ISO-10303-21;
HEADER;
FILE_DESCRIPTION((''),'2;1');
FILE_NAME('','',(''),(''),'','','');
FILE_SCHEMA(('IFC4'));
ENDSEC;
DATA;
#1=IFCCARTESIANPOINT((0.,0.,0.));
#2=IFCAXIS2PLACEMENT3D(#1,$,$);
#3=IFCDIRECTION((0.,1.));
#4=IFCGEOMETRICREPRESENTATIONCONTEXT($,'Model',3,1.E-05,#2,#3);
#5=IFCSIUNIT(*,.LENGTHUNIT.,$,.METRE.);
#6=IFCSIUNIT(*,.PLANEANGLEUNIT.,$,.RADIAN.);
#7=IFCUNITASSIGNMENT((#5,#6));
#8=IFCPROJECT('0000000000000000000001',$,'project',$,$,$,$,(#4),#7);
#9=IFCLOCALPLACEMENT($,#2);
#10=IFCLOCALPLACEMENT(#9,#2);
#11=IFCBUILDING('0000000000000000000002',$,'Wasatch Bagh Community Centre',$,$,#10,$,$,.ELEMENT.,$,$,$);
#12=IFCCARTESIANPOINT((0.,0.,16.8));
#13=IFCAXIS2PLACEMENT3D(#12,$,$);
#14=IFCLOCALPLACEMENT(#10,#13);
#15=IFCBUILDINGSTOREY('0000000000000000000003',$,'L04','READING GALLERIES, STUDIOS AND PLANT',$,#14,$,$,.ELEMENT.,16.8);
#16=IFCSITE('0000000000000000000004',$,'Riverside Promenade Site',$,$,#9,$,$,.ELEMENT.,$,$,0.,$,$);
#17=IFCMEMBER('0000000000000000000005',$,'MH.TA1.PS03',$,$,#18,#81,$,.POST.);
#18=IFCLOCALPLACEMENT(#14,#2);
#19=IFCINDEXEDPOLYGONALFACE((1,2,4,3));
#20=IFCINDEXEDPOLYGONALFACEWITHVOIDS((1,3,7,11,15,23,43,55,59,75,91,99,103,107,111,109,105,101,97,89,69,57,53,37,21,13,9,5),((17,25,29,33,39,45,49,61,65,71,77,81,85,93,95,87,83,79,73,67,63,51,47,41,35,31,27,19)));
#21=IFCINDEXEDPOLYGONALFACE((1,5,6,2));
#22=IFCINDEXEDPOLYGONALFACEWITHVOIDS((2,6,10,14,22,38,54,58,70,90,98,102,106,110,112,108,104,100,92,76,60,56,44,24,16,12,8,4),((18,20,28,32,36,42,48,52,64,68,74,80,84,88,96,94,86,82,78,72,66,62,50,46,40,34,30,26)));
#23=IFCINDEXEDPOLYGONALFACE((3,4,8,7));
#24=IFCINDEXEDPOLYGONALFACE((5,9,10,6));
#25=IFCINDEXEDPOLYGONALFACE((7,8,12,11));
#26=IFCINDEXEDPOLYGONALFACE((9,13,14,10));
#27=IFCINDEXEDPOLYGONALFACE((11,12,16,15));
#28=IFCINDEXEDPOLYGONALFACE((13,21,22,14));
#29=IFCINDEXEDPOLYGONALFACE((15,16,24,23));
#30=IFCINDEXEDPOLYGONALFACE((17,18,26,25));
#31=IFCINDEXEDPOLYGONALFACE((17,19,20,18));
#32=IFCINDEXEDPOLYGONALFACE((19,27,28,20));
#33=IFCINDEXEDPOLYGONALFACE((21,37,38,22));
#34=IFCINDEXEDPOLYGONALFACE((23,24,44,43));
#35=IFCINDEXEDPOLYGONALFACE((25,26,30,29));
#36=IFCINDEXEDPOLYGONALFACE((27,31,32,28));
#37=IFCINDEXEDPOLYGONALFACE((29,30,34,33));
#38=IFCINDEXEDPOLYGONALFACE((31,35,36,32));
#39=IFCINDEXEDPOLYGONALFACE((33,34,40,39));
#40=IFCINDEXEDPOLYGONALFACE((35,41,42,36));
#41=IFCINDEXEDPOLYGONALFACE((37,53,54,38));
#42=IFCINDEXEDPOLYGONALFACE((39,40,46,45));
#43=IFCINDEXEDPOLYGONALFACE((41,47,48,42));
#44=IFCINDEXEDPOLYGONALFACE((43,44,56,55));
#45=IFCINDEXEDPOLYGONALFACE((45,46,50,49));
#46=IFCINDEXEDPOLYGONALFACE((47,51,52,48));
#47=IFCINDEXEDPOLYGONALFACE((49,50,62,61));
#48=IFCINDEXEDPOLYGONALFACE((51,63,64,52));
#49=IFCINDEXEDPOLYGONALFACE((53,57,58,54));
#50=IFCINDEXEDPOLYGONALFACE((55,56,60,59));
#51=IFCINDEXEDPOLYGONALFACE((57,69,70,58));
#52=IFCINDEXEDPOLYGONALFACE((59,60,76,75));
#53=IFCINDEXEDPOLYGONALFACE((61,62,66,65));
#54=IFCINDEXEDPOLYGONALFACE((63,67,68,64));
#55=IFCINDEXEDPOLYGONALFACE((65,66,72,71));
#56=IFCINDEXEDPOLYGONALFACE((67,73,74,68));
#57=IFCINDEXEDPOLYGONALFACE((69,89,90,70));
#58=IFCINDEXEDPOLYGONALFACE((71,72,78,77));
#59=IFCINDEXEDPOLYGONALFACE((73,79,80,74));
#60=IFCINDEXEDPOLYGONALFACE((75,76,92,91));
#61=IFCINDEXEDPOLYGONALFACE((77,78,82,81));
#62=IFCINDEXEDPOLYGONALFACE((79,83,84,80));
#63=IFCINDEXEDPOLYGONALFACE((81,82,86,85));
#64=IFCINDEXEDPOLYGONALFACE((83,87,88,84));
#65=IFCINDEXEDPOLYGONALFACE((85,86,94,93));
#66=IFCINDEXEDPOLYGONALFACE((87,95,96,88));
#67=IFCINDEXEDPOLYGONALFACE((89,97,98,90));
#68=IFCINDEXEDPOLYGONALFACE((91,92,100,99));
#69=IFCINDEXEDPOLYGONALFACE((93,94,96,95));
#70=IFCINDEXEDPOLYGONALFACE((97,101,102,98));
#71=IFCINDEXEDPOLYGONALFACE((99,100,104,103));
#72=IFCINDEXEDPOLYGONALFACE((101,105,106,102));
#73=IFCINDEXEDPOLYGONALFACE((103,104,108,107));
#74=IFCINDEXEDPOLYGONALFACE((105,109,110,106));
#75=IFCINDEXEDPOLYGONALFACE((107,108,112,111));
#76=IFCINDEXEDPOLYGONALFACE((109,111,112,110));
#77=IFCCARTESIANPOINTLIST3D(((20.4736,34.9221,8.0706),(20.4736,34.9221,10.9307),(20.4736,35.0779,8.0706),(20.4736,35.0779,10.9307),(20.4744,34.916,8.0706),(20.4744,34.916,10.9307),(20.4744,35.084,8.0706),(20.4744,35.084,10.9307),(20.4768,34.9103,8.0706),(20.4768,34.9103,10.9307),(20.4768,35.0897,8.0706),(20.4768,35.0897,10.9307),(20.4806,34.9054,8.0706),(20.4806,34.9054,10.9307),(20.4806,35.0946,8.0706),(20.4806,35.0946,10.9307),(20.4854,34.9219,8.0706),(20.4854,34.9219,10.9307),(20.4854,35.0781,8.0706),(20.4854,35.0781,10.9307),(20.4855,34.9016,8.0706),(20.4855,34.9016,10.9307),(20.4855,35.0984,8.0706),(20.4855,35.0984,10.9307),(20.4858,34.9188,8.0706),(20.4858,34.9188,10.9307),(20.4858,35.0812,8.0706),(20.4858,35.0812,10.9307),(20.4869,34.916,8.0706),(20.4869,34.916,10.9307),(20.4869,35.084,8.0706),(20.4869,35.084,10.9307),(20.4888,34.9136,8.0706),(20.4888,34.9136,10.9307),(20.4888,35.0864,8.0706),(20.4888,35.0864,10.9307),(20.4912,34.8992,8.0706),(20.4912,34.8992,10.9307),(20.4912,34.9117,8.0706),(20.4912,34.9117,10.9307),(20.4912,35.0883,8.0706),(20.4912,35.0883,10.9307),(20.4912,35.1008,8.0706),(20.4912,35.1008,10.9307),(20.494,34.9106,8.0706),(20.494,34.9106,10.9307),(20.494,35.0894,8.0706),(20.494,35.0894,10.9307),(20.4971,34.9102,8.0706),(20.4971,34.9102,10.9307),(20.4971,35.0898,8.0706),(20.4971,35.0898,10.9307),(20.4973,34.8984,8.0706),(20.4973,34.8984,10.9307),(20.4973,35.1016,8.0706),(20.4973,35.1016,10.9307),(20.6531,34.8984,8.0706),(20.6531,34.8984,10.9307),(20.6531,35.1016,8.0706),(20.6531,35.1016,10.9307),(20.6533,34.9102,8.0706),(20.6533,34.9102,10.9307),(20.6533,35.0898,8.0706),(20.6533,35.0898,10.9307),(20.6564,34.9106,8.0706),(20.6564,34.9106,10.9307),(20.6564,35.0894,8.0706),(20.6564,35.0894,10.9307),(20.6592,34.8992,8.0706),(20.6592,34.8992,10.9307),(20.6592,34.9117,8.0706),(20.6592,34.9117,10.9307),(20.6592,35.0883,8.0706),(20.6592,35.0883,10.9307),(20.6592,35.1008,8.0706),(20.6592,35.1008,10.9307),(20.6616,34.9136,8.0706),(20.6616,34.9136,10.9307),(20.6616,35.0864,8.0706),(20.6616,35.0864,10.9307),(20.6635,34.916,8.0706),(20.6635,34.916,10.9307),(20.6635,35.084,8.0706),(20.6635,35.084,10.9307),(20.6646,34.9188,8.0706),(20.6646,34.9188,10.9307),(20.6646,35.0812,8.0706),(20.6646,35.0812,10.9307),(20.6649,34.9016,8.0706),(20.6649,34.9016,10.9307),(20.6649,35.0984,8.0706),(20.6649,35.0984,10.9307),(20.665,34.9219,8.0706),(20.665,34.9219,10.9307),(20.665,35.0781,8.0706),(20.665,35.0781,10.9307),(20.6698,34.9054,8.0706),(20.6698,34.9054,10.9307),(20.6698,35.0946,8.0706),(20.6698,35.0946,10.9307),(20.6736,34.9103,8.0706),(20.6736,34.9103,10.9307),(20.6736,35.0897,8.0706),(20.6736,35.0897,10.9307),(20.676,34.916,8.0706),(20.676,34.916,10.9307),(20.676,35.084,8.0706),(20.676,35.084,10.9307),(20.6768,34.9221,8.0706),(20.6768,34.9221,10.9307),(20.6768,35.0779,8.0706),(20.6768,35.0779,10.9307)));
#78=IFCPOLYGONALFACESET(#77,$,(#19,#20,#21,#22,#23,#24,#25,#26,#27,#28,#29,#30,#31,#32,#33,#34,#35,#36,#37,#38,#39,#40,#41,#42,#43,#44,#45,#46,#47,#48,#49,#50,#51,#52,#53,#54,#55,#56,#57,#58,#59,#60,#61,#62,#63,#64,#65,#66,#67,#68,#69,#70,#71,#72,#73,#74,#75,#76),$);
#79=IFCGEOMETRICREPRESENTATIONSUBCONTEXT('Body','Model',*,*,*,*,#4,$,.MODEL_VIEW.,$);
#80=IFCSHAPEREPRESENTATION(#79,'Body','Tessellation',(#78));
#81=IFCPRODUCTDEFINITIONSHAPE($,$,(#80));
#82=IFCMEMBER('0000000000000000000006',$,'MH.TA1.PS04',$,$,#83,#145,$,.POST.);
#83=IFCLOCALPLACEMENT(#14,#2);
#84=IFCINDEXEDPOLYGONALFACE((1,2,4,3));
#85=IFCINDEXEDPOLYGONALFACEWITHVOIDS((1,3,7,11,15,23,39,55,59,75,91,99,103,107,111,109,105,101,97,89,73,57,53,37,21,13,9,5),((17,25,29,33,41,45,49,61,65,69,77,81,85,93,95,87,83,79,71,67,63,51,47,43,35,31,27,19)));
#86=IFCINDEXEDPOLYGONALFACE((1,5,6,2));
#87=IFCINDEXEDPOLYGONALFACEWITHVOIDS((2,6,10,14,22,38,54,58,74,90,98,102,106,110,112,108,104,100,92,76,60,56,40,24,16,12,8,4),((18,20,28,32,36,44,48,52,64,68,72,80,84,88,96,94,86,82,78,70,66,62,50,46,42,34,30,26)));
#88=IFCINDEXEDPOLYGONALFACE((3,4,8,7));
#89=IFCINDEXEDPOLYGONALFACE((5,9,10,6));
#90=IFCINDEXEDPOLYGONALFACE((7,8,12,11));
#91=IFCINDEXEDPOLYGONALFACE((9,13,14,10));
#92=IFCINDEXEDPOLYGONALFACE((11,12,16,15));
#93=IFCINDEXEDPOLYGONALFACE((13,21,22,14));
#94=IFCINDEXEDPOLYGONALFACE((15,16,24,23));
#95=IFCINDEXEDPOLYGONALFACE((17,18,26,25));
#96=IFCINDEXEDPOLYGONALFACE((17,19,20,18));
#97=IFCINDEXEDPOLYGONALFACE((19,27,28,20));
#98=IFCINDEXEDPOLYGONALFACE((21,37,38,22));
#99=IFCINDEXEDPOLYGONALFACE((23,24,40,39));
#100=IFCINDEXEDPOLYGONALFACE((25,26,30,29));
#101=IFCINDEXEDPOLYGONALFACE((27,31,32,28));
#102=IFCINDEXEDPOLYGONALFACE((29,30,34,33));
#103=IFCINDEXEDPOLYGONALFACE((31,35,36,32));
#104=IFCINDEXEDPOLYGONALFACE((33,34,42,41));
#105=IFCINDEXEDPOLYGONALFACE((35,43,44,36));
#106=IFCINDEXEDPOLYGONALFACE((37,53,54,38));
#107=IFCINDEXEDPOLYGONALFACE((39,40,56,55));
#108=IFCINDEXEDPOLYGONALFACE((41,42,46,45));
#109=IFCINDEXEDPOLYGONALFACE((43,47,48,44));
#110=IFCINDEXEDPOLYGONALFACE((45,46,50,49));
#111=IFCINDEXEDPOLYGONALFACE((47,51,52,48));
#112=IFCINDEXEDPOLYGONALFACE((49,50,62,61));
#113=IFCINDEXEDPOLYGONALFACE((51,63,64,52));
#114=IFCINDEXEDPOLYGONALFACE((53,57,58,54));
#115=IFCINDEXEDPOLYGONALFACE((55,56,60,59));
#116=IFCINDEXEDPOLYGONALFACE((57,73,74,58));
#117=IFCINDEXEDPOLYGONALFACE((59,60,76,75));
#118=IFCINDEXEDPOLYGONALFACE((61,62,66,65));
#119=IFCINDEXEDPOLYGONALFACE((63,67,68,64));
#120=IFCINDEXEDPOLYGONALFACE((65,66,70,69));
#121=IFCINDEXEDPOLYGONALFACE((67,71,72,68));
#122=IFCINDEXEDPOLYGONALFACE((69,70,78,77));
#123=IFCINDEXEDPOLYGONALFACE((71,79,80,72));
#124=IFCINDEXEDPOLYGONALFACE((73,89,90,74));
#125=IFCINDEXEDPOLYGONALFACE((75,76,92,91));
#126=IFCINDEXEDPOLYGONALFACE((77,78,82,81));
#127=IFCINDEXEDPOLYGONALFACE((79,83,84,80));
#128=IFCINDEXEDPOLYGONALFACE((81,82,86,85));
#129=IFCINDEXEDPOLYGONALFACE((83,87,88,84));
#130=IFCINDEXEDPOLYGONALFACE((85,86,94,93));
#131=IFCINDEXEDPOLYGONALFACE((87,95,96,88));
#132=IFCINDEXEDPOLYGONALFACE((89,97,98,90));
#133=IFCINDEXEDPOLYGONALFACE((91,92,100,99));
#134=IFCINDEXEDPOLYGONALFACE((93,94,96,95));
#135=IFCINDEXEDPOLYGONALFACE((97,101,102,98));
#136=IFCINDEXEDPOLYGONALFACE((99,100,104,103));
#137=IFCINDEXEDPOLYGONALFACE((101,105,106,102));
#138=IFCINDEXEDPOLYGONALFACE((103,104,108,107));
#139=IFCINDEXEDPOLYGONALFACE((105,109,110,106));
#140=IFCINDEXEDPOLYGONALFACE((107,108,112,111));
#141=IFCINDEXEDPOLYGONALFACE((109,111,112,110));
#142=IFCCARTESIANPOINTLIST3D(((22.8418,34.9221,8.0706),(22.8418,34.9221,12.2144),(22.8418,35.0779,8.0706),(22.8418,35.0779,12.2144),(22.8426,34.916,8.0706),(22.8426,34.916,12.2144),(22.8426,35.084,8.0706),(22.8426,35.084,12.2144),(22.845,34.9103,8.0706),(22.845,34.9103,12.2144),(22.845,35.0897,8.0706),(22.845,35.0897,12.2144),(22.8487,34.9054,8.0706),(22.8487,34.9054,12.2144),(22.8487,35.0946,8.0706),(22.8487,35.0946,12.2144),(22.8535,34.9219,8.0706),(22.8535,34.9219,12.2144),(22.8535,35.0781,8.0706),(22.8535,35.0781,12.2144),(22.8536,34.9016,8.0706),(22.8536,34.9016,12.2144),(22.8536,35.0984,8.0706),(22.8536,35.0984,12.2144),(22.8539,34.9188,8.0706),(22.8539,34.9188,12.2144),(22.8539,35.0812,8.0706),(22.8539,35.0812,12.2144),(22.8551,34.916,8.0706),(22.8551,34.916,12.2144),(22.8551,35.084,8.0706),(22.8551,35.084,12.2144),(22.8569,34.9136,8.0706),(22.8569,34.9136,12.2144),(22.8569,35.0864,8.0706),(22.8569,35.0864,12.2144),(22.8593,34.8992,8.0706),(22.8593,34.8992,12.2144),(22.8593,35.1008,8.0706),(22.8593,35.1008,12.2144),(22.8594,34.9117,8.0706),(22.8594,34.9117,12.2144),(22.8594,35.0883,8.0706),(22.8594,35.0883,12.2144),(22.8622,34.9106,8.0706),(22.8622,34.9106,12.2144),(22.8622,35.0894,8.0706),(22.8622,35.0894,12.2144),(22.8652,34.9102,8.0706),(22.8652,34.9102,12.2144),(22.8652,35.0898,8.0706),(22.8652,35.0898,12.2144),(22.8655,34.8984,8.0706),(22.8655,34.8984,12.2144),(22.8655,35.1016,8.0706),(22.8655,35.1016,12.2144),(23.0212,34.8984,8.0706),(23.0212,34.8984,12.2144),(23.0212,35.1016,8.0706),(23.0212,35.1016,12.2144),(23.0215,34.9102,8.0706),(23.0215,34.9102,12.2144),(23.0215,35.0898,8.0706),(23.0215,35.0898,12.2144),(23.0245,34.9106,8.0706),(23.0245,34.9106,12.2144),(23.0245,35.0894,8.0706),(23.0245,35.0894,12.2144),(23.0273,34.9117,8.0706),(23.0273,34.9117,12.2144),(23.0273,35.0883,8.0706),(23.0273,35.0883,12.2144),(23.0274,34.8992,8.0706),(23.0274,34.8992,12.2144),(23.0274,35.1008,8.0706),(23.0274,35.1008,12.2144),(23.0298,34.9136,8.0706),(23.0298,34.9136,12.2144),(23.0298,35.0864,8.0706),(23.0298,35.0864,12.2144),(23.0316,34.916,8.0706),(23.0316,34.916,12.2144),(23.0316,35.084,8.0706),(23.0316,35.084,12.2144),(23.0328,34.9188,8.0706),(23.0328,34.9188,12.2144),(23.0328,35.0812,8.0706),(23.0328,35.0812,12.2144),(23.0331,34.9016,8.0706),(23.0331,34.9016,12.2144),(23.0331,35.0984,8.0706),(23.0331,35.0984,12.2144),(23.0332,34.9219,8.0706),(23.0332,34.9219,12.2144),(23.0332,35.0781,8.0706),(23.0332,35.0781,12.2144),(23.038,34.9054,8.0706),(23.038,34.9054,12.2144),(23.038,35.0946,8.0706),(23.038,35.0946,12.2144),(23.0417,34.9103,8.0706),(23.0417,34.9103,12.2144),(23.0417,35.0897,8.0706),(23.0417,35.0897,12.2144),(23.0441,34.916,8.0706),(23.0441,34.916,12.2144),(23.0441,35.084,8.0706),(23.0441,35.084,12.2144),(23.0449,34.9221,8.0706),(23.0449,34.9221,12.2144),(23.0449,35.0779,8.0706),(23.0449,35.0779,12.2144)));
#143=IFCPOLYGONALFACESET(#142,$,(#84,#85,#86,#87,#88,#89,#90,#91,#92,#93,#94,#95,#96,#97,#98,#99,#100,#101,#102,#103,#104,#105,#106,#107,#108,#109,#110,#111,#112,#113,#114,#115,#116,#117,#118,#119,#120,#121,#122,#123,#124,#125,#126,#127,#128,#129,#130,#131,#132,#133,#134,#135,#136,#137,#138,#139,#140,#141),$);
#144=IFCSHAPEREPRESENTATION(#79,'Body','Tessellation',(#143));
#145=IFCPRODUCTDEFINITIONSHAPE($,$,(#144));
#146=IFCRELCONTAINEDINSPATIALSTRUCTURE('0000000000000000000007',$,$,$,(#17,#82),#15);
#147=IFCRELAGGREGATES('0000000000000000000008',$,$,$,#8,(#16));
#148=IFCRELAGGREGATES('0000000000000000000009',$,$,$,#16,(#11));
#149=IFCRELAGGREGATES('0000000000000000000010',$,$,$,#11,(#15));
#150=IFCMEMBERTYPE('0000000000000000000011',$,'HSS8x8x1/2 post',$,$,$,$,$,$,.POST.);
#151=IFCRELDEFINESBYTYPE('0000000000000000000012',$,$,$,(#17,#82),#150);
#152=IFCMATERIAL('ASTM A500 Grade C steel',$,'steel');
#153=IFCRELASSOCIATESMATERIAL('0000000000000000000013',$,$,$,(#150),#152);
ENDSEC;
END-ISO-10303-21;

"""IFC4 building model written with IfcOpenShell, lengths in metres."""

from ifc_helpers import new_model, si_unit, direction, frame, origin, origin_2d, place, context, subcontext, project, spatial, hollow_rectangle, extrude, material, material_profile, profile_set, type_object, element, save


model = new_model("IFC4")

# Units and contexts
model_context = context("Model", 3, precision=1e-05, world=origin(), true_north=direction((0.0, 1.0)))
body_context = subcontext(model_context, "Body", "Model", "MODEL_VIEW")
ifc_project = project(units=[si_unit("LENGTHUNIT", "METRE"), si_unit("PLANEANGLEUNIT", "RADIAN")], contexts=[model_context])

# Site, building, storey
site_placement = place(None, origin())
site = spatial("IfcSite", under=ifc_project, at=site_placement, Name="Riverside Promenade Site", CompositionType="ELEMENT", RefElevation=0.0)
building_placement = place(site_placement, origin())
building = spatial("IfcBuilding", under=site, at=building_placement, Name="Wasatch Bagh Community Centre", CompositionType="ELEMENT")
storey_placement = place(building_placement, frame((0.0, 0.0, 16.8)))
storey = spatial("IfcBuildingStorey", under=building, at=storey_placement, Name="L04", Description="READING GALLERIES, STUDIOS AND PLANT", CompositionType="ELEMENT", Elevation=16.8)

# Members
ifc_material_1 = material(Name="ASTM A500 Grade C steel", Category="steel")
ifc_material_profile_1 = material_profile(ifc_material_1, hollow_rectangle(XDim=0.2031, YDim=0.2031, WallThickness=0.0117, InnerFilletRadius=0.0117, OuterFilletRadius=0.0237, at=origin_2d()), Name="HSS8x8x1/2")
ifc_profile_set_1 = profile_set([ifc_material_profile_1], Name="ASTM A500 Grade C steel")
member_type_1 = type_object("IfcMemberType", Name="HSS8x8x1/2 post", PredefinedType="POST", material=ifc_profile_set_1)
member_1_placement = place(storey_placement, frame((20.5752, 35.0, 8.0706), z_axis=(0.0, 0.0, 1.0), x_axis=(1.0, 0.0, 0.0)))
element("IfcMember", 1, at=member_1_placement, inside=storey, type_object=member_type_1, Name="MH.TA1.PS03", PredefinedType="POST", context=body_context, shape_type="SweptSolid", body=[
    extrude(hollow_rectangle(XDim=0.2031, YDim=0.2031, WallThickness=0.0117, InnerFilletRadius=0.0117, OuterFilletRadius=0.0237, at=origin_2d()), origin(), (0.0, 0.0, 1.0), 2.8601),
])
member_2_placement = place(storey_placement, frame((22.9434, 35.0, 8.0706), z_axis=(0.0, 0.0, 1.0), x_axis=(1.0, 0.0, 0.0)))
element("IfcMember", 2, at=member_2_placement, inside=storey, type_object=member_type_1, Name="MH.TA1.PS04", PredefinedType="POST", context=body_context, shape_type="SweptSolid", body=[
    extrude(hollow_rectangle(XDim=0.2031, YDim=0.2031, WallThickness=0.0117, InnerFilletRadius=0.0117, OuterFilletRadius=0.0237, at=origin_2d()), origin(), (0.0, 0.0, 1.0), 4.1438),
])

save(model, "model.ifc")
